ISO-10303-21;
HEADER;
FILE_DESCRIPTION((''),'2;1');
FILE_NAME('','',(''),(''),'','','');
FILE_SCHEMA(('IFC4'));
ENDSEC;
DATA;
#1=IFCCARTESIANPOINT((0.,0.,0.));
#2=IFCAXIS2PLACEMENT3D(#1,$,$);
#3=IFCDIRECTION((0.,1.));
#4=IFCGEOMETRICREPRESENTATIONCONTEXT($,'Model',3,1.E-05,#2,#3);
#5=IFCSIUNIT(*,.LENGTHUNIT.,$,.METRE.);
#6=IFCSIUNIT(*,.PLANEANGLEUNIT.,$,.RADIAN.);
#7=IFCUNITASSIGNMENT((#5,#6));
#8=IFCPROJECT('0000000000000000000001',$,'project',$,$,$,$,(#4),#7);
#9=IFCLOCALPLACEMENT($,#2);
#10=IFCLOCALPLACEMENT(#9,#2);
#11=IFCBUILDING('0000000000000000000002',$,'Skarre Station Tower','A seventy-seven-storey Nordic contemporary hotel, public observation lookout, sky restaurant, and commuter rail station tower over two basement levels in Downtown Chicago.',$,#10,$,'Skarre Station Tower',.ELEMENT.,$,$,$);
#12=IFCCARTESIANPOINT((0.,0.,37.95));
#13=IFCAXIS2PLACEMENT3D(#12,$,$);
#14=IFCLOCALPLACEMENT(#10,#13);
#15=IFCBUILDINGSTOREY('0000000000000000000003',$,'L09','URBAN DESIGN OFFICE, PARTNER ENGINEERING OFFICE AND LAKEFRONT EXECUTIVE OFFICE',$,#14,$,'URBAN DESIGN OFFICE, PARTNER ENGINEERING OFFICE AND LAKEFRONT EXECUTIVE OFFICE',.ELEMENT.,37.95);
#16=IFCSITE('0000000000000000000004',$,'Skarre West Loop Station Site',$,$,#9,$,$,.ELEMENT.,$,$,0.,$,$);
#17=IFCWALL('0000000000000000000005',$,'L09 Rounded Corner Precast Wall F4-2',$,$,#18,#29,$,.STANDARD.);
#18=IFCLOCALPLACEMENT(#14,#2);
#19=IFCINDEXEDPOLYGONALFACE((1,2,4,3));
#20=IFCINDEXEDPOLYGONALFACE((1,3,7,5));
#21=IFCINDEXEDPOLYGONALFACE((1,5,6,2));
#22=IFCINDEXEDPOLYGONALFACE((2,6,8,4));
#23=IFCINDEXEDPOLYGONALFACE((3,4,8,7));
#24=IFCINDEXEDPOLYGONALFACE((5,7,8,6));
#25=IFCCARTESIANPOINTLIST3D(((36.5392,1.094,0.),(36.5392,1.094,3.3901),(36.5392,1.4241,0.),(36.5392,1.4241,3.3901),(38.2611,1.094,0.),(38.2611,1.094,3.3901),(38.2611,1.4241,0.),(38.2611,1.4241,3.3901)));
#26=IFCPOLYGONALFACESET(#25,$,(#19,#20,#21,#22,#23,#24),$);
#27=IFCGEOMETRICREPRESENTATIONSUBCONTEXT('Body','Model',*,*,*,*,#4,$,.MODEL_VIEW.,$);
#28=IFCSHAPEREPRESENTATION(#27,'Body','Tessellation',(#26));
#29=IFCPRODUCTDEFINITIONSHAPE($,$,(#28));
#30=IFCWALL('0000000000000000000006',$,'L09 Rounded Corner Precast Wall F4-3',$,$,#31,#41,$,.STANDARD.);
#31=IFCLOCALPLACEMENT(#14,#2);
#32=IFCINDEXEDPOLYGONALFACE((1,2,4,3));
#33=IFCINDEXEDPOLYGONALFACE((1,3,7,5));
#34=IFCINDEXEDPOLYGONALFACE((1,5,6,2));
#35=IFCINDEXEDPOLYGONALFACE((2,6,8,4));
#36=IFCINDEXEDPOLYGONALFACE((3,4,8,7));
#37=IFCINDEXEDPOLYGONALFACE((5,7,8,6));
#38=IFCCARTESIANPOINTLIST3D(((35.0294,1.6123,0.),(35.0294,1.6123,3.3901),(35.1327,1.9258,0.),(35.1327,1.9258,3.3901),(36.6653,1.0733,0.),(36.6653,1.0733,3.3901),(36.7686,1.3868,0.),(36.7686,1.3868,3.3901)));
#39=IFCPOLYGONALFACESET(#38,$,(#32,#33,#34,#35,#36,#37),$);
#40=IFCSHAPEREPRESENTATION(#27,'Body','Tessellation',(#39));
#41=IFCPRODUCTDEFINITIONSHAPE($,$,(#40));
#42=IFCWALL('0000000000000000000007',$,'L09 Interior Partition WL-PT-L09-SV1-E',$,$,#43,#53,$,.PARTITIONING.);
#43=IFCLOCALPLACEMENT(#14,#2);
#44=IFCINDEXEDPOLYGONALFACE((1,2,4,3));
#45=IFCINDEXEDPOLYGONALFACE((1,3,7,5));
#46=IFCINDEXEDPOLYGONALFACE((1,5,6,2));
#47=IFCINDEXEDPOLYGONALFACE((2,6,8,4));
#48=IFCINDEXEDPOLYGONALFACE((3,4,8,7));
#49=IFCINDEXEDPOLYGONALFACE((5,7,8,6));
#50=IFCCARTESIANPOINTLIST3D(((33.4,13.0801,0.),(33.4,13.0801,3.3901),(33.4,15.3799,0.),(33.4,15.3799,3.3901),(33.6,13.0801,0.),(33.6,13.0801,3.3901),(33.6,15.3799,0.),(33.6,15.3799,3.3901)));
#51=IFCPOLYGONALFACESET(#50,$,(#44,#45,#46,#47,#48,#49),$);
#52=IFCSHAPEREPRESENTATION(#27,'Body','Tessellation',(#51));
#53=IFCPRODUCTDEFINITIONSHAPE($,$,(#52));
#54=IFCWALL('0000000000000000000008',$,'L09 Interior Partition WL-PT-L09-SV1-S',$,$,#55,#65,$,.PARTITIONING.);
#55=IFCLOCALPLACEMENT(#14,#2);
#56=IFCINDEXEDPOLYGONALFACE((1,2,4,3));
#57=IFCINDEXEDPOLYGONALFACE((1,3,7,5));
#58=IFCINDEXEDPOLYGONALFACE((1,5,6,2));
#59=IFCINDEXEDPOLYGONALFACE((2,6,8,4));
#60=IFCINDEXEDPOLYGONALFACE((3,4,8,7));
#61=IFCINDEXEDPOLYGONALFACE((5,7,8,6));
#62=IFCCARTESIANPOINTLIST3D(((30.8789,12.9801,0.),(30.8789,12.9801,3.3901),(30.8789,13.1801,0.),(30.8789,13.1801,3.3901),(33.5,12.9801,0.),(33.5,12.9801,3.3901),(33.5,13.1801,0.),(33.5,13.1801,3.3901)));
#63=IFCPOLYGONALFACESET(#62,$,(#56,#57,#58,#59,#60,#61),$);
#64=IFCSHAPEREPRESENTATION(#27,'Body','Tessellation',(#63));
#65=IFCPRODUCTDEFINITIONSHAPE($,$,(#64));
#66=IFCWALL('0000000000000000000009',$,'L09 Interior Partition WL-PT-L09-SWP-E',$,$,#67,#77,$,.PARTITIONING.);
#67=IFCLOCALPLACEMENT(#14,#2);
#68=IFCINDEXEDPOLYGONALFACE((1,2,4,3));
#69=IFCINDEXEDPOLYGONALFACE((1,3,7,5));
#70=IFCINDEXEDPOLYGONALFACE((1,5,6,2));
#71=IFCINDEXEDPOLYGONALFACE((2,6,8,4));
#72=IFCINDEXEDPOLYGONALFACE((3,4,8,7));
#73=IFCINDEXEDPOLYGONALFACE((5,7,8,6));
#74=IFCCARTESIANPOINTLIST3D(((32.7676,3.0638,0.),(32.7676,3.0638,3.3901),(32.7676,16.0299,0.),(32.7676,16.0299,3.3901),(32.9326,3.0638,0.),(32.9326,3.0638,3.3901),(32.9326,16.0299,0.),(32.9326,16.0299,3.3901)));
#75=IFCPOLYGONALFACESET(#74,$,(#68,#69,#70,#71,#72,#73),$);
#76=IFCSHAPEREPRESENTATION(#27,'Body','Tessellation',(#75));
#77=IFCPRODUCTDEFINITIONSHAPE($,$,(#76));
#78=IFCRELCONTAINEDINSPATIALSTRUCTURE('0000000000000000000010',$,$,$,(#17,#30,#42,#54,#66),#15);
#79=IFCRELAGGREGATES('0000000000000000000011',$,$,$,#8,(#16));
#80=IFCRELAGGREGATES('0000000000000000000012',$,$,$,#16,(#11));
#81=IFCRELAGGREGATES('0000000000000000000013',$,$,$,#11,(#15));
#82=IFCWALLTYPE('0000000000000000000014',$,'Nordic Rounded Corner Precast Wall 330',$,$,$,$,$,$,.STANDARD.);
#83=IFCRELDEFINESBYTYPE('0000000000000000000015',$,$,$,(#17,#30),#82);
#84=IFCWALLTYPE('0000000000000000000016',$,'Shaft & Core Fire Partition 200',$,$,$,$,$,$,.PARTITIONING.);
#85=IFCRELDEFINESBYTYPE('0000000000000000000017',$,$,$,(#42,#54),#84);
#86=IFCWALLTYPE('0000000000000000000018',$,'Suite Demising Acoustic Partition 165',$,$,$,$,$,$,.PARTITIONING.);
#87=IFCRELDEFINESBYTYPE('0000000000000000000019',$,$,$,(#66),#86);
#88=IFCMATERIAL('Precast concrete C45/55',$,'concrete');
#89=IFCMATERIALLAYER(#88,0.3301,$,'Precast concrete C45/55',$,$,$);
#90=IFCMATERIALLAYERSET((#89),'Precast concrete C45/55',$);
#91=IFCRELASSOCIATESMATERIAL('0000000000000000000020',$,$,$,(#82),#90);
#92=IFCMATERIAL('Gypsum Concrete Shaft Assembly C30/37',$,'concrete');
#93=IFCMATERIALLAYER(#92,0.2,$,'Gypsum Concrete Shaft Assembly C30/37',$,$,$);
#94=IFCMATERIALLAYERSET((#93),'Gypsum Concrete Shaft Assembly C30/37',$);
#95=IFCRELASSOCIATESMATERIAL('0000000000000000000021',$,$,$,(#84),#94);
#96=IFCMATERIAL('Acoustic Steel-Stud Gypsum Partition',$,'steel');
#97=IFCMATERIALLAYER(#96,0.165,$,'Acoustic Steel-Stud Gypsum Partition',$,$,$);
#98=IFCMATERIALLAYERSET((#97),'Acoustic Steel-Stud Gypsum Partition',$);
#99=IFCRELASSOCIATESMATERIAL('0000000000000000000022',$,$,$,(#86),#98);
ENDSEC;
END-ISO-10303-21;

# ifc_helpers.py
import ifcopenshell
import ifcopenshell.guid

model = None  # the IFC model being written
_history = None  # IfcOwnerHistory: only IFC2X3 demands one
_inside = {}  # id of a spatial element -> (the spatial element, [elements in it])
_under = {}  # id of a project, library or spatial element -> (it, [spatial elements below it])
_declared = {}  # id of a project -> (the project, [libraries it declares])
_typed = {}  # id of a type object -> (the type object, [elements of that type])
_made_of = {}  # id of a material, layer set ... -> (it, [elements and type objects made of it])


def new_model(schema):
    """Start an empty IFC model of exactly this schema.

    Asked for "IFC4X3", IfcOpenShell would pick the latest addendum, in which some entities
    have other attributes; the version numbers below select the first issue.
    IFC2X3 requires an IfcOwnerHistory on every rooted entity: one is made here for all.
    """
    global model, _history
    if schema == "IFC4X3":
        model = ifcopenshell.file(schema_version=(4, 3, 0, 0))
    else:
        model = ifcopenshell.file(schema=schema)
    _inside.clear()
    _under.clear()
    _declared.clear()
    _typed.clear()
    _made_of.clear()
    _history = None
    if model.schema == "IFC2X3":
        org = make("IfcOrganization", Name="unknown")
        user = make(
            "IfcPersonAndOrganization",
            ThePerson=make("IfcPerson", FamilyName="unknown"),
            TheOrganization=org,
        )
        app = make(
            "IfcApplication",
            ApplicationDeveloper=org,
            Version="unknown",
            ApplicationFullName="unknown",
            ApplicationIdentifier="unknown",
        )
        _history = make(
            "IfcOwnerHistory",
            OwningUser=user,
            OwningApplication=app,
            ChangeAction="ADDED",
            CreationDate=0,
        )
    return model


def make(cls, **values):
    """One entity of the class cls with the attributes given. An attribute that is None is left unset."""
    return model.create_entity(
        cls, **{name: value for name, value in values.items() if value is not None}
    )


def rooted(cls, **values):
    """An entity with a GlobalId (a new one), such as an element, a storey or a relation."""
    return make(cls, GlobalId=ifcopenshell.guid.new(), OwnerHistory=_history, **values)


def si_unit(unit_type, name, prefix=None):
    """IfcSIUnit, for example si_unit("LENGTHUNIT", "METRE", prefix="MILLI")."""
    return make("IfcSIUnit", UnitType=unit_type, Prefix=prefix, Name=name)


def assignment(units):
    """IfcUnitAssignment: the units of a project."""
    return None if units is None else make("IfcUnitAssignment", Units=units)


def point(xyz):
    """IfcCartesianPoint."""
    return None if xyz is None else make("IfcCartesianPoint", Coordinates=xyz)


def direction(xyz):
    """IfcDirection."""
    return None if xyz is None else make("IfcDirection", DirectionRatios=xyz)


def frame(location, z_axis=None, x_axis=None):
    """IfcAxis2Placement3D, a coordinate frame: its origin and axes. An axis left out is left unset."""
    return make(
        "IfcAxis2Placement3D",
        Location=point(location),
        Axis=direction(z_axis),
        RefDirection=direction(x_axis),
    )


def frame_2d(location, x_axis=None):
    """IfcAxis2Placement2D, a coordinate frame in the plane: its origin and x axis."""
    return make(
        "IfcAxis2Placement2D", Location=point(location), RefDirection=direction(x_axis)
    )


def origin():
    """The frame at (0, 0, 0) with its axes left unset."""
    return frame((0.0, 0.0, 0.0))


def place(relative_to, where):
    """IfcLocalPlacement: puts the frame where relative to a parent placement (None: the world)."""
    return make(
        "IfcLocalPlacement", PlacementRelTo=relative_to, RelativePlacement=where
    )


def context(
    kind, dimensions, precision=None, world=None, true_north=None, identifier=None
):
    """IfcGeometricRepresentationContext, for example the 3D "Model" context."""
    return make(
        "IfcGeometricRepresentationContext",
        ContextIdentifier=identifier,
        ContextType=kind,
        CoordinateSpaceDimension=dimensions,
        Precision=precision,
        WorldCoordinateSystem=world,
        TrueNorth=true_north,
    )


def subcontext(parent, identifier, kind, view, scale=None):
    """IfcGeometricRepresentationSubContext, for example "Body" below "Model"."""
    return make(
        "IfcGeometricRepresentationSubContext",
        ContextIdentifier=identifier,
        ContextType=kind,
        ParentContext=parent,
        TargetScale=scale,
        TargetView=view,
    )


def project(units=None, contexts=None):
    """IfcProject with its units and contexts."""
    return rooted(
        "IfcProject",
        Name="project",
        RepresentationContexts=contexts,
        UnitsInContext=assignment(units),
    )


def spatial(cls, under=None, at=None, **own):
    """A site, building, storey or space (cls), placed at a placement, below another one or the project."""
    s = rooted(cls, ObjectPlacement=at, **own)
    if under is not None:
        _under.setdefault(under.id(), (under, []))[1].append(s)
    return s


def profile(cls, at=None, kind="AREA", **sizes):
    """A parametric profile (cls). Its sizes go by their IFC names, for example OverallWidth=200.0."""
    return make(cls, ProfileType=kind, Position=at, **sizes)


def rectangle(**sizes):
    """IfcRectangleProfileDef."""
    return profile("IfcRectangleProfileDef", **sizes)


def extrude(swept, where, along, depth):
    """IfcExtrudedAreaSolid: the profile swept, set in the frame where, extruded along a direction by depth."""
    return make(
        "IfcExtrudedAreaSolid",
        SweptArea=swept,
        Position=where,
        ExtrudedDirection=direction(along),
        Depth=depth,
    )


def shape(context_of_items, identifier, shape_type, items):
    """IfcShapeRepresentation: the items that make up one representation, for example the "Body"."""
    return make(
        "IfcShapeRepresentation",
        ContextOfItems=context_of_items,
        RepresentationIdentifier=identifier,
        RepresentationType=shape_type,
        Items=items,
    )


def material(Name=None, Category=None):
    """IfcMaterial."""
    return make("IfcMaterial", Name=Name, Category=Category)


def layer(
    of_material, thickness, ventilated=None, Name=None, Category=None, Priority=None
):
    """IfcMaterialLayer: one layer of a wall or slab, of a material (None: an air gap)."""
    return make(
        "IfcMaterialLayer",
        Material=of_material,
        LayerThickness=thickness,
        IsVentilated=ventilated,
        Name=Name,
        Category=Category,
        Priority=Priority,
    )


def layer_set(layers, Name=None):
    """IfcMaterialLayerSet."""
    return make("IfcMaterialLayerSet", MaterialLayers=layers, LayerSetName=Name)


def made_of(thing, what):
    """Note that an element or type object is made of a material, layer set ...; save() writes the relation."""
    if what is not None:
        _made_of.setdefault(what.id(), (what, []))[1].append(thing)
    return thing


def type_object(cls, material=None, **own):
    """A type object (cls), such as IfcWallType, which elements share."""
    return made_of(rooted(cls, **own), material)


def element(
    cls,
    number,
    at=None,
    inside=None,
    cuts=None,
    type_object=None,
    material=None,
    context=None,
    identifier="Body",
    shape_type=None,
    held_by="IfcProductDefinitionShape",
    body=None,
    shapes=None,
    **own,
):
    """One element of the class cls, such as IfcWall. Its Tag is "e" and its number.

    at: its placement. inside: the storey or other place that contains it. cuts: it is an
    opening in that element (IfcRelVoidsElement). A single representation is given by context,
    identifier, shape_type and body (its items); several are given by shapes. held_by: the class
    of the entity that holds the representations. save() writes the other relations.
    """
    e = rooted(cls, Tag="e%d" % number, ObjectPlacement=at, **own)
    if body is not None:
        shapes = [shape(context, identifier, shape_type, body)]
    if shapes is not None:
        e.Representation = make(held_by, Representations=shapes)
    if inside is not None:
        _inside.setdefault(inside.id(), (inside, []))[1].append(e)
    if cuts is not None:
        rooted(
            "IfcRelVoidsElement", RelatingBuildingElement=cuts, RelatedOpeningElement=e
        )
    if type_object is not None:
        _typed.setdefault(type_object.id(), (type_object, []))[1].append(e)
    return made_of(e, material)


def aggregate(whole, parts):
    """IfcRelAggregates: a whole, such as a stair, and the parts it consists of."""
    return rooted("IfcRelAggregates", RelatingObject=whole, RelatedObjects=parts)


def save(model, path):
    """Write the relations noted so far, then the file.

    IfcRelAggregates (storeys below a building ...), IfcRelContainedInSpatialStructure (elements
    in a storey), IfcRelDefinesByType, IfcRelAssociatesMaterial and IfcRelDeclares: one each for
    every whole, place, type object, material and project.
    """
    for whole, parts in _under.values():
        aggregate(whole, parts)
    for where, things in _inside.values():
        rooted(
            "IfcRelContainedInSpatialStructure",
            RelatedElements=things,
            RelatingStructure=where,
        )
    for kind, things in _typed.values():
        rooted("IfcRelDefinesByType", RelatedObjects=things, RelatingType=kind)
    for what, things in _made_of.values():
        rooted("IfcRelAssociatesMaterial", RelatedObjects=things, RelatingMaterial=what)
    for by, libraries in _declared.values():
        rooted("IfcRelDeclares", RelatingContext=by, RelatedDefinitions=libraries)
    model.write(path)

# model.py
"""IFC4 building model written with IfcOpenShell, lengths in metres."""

from ifc_helpers import new_model, si_unit, direction, frame, frame_2d, origin, place, context, subcontext, project, spatial, rectangle, extrude, material, layer, layer_set, type_object, element, save


model = new_model("IFC4")

# Units and contexts
model_context = context("Model", 3, precision=1e-05, world=origin(), true_north=direction((0.0, 1.0)))
body_context = subcontext(model_context, "Body", "Model", "MODEL_VIEW")
ifc_project = project(units=[si_unit("LENGTHUNIT", "METRE"), si_unit("PLANEANGLEUNIT", "RADIAN")], contexts=[model_context])

# Site, building, storey
site_placement = place(None, origin())
site = spatial("IfcSite", under=ifc_project, at=site_placement, Name="Skarre West Loop Station Site", CompositionType="ELEMENT", RefElevation=0.0)
building_placement = place(site_placement, origin())
building = spatial("IfcBuilding", under=site, at=building_placement, Name="Skarre Station Tower", Description="A seventy-seven-storey Nordic contemporary hotel, public observation lookout, sky restaurant, and commuter rail station tower over two basement levels in Downtown Chicago.", LongName="Skarre Station Tower", CompositionType="ELEMENT")
storey_placement = place(building_placement, frame((0.0, 0.0, 37.95)))
storey = spatial("IfcBuildingStorey", under=building, at=storey_placement, Name="L09", Description="URBAN DESIGN OFFICE, PARTNER ENGINEERING OFFICE AND LAKEFRONT EXECUTIVE OFFICE", LongName="URBAN DESIGN OFFICE, PARTNER ENGINEERING OFFICE AND LAKEFRONT EXECUTIVE OFFICE", CompositionType="ELEMENT", Elevation=37.95)

# Shared definitions
ifc_material_1 = material(Name="Precast concrete C45/55", Category="concrete")

# Walls
ifc_layer_1 = layer(ifc_material_1, 0.3301, Name="Precast concrete C45/55")
ifc_layer_set_1 = layer_set([ifc_layer_1], Name="Precast concrete C45/55")
wall_type_1 = type_object("IfcWallType", Name="Nordic Rounded Corner Precast Wall 330", PredefinedType="STANDARD", material=ifc_layer_set_1)
wall_1_placement = place(storey_placement, frame((38.261, 1.259, 0.0), z_axis=(0.0, 0.0, 1.0), x_axis=(-1.0, 0.0, 0.0)))
element("IfcWall", 1, at=wall_1_placement, inside=storey, type_object=wall_type_1, Name="L09 Rounded Corner Precast Wall F4-2", PredefinedType="STANDARD", context=body_context, shape_type="SweptSolid", body=[
    extrude(rectangle(XDim=1.7219, YDim=0.3301, at=frame_2d((0.8608, 0.0))), origin(), (0.0, 0.0, 1.0), 3.3901),
])
wall_2_placement = place(storey_placement, frame((36.717, 1.23, 0.0), z_axis=(0.0, 0.0, 1.0), x_axis=(-0.949769, 0.312952, 0.0)))
element("IfcWall", 2, at=wall_2_placement, inside=storey, type_object=wall_type_1, Name="L09 Rounded Corner Precast Wall F4-3", PredefinedType="STANDARD", context=body_context, shape_type="SweptSolid", body=[
    extrude(rectangle(XDim=1.7224, YDim=0.3301, at=frame_2d((0.8613, 0.0))), origin(), (0.0, 0.0, 1.0), 3.3901),
])
ifc_material_2 = material(Name="Gypsum Concrete Shaft Assembly C30/37", Category="concrete")
ifc_layer_2 = layer(ifc_material_2, 0.2, Name="Gypsum Concrete Shaft Assembly C30/37")
ifc_layer_set_2 = layer_set([ifc_layer_2], Name="Gypsum Concrete Shaft Assembly C30/37")
wall_type_2 = type_object("IfcWallType", Name="Shaft & Core Fire Partition 200", PredefinedType="PARTITIONING", material=ifc_layer_set_2)
wall_3_placement = place(storey_placement, frame((33.5, 13.0801, 0.0), z_axis=(0.0, 0.0, 1.0), x_axis=(0.0, 1.0, 0.0)))
element("IfcWall", 3, at=wall_3_placement, inside=storey, type_object=wall_type_2, Name="L09 Interior Partition WL-PT-L09-SV1-E", PredefinedType="PARTITIONING", context=body_context, shape_type="SweptSolid", body=[
    extrude(rectangle(XDim=2.2998, YDim=0.2, at=frame_2d((1.1499, 0.0))), origin(), (0.0, 0.0, 1.0), 3.3901),
])
wall_4_placement = place(storey_placement, frame((30.8789, 13.0801, 0.0), z_axis=(0.0, 0.0, 1.0), x_axis=(1.0, 0.0, 0.0)))
element("IfcWall", 4, at=wall_4_placement, inside=storey, type_object=wall_type_2, Name="L09 Interior Partition WL-PT-L09-SV1-S", PredefinedType="PARTITIONING", context=body_context, shape_type="SweptSolid", body=[
    extrude(rectangle(XDim=2.6211, YDim=0.2, at=frame_2d((1.3105, 0.0))), origin(), (0.0, 0.0, 1.0), 3.3901),
])
ifc_material_3 = material(Name="Acoustic Steel-Stud Gypsum Partition", Category="steel")
ifc_layer_3 = layer(ifc_material_3, 0.165, Name="Acoustic Steel-Stud Gypsum Partition")
ifc_layer_set_3 = layer_set([ifc_layer_3], Name="Acoustic Steel-Stud Gypsum Partition")
wall_type_3 = type_object("IfcWallType", Name="Suite Demising Acoustic Partition 165", PredefinedType="PARTITIONING", material=ifc_layer_set_3)
wall_5_placement = place(storey_placement, frame((32.8501, 3.064, 0.0), z_axis=(0.0, 0.0, 1.0), x_axis=(0.0, 1.0, 0.0)))
element("IfcWall", 5, at=wall_5_placement, inside=storey, type_object=wall_type_3, Name="L09 Interior Partition WL-PT-L09-SWP-E", PredefinedType="PARTITIONING", context=body_context, shape_type="SweptSolid", body=[
    extrude(rectangle(XDim=12.9661, YDim=0.165, at=frame_2d((6.4829, 0.0))), origin(), (0.0, 0.0, 1.0), 3.3901),
])

save(model, "model.ifc")
